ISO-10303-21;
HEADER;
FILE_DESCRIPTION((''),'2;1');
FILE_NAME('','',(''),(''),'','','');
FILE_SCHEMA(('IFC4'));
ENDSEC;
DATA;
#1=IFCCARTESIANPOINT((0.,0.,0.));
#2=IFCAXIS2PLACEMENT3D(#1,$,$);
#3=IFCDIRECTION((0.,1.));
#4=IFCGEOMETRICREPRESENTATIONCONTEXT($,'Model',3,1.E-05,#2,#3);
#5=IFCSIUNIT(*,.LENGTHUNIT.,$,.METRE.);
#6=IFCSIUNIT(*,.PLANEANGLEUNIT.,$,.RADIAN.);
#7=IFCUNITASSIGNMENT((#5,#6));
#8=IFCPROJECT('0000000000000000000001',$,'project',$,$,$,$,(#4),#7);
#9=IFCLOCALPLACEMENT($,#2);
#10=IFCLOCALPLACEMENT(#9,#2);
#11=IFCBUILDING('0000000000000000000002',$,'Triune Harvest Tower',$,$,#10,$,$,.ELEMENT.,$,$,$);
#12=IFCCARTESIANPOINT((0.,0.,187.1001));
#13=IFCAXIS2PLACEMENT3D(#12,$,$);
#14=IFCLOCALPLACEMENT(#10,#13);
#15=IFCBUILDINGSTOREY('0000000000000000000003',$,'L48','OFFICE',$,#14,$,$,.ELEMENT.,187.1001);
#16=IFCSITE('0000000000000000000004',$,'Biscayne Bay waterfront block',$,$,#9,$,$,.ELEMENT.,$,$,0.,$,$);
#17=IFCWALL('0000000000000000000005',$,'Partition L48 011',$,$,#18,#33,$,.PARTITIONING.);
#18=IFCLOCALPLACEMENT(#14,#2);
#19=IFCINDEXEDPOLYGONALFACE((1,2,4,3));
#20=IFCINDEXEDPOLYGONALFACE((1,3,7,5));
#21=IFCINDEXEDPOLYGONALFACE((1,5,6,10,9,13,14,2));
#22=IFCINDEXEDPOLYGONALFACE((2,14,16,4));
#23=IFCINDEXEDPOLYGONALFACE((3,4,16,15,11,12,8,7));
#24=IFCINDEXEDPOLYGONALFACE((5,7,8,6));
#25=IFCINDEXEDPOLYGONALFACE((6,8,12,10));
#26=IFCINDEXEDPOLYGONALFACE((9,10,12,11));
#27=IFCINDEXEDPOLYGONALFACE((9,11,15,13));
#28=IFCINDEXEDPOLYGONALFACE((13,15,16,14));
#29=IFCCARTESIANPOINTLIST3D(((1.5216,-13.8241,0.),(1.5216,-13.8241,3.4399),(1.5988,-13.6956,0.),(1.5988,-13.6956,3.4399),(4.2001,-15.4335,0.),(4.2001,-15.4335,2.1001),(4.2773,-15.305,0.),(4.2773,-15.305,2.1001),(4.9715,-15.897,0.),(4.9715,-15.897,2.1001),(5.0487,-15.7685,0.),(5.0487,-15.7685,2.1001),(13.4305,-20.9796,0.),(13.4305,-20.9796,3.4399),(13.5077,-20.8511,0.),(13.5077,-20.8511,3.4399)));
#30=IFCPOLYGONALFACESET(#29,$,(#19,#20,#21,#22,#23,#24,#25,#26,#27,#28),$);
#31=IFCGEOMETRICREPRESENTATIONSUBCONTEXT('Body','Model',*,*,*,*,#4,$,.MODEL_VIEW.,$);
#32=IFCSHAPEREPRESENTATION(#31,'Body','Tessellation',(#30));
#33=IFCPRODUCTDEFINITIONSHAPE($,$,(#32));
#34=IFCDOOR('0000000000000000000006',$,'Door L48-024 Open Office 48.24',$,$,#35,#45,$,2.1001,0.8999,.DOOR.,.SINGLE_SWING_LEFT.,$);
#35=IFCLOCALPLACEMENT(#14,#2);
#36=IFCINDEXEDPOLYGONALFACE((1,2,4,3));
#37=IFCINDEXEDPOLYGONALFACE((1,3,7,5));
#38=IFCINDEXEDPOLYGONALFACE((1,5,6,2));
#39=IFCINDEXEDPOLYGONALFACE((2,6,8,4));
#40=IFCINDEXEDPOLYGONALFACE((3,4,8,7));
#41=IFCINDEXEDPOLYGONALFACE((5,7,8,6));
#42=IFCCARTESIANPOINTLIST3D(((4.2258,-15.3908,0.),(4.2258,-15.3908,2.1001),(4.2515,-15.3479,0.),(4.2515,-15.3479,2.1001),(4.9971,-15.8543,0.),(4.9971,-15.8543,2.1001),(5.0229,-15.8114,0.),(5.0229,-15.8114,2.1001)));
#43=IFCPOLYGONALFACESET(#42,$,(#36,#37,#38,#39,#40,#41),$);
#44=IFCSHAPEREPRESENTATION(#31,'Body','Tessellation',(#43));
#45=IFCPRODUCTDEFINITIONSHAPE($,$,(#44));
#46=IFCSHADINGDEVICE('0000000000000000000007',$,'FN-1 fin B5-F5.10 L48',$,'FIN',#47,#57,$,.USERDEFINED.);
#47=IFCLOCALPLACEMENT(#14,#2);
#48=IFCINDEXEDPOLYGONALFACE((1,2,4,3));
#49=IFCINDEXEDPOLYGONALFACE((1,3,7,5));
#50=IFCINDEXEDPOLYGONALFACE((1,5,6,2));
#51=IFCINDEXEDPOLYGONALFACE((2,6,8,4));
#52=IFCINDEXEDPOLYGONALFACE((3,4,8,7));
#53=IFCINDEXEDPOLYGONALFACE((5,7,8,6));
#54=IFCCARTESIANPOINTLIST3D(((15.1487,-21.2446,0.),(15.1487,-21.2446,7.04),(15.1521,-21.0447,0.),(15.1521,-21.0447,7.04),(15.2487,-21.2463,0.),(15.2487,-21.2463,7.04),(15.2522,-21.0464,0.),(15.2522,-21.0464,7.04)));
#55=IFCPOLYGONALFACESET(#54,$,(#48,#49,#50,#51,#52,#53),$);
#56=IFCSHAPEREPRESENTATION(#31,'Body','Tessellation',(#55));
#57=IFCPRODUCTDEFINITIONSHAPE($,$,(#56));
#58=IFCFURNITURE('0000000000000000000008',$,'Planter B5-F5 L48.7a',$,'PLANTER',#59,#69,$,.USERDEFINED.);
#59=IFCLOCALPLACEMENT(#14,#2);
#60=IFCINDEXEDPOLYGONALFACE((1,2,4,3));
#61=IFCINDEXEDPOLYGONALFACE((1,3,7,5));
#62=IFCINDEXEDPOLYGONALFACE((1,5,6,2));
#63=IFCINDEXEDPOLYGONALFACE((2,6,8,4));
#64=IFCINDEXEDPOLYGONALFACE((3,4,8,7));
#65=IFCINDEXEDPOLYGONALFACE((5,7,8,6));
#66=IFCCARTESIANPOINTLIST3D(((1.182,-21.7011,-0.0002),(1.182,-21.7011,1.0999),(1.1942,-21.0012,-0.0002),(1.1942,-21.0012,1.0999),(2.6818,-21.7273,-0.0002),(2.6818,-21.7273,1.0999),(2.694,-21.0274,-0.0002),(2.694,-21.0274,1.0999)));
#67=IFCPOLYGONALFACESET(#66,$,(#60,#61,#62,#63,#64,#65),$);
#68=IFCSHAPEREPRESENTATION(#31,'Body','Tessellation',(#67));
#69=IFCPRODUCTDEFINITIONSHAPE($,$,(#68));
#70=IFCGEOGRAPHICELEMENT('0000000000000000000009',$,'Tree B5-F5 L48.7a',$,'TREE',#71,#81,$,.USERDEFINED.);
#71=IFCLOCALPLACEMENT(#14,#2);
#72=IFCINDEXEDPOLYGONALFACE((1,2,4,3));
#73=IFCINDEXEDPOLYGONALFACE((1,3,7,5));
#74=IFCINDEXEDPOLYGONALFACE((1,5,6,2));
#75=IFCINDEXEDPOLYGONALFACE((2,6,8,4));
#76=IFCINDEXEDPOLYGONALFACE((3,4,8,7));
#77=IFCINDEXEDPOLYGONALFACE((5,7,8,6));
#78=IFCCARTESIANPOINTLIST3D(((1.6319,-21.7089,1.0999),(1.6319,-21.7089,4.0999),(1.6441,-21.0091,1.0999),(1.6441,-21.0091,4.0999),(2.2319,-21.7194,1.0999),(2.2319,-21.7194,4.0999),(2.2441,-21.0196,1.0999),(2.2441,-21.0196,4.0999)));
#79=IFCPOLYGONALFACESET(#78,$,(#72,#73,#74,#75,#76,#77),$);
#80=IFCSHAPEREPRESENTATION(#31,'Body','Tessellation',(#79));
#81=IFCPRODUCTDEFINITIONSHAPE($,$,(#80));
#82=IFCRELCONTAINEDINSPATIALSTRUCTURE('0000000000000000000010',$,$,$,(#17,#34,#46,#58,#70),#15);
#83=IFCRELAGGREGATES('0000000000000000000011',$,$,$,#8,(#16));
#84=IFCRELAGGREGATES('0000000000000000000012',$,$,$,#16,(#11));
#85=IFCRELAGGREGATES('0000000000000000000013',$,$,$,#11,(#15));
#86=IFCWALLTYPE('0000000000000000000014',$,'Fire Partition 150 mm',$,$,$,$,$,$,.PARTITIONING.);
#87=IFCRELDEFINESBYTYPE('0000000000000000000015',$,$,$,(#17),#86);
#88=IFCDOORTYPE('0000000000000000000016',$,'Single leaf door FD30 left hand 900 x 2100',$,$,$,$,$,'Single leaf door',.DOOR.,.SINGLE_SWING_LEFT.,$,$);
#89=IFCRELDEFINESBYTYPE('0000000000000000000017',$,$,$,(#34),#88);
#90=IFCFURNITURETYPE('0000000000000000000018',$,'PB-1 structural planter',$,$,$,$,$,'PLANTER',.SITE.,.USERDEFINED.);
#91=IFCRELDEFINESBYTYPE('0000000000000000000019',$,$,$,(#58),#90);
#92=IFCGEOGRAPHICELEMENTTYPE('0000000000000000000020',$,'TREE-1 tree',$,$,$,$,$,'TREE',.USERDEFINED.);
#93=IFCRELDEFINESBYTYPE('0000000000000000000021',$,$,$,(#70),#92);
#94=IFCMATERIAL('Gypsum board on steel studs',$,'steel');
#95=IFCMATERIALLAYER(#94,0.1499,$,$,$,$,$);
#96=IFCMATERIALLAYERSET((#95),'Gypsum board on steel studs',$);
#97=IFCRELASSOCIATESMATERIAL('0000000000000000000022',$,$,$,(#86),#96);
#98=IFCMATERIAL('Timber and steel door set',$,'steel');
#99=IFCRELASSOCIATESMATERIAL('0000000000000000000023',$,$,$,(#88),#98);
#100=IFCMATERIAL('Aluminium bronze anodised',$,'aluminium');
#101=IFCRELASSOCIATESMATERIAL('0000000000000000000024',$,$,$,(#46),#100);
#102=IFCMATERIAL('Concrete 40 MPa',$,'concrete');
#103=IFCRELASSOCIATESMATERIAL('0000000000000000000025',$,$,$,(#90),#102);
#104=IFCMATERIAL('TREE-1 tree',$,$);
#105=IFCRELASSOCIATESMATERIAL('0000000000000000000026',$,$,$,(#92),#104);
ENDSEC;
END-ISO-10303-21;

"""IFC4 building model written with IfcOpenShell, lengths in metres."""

from ifc_helpers import new_model, si_unit, direction, frame, frame_2d, origin, origin_2d, place, context, subcontext, project, spatial, rectangle, extrude, source, transform, mapped, material, layer, layer_set, type_object, element, fill, save


model = new_model("IFC4")

# Units and contexts
model_context = context("Model", 3, precision=1e-05, world=origin(), true_north=direction((0.0, 1.0)))
body_context = subcontext(model_context, "Body", "Model", "MODEL_VIEW")
ifc_project = project(units=[si_unit("LENGTHUNIT", "METRE"), si_unit("PLANEANGLEUNIT", "RADIAN")], contexts=[model_context])

# Site, building, storey
site_placement = place(None, origin())
site = spatial("IfcSite", under=ifc_project, at=site_placement, Name="Biscayne Bay waterfront block", CompositionType="ELEMENT", RefElevation=0.0)
building_placement = place(site_placement, origin())
building = spatial("IfcBuilding", under=site, at=building_placement, Name="Triune Harvest Tower", CompositionType="ELEMENT")
storey_placement = place(building_placement, frame((0.0, 0.0, 187.1001)))
storey = spatial("IfcBuildingStorey", under=building, at=storey_placement, Name="L48", Description="OFFICE", CompositionType="ELEMENT", Elevation=187.1001)

# Shared definitions
ifc_material_1 = material(Name="Aluminium bronze anodised", Category="aluminium")

# Shared definitions
ifc_material_2 = material(Name="Gypsum board on steel studs", Category="steel")
ifc_layer_1 = layer(ifc_material_2, 0.1499)
ifc_layer_set_1 = layer_set([ifc_layer_1], Name="Gypsum board on steel studs")
wall_type_1 = type_object("IfcWallType", Name="Fire Partition 150 mm", PredefinedType="PARTITIONING", material=ifc_layer_set_1)

# Wall, opening, door
shared_shape_1 = source(origin(), body_context, "Body", "SweptSolid", [
    extrude(rectangle(XDim=13.8933, YDim=0.1499, at=frame_2d((6.9468, 0.0))), origin(), (0.0, 0.0, 1.0), 3.4399),
])
wall_1_placement = place(storey_placement, frame((1.5601, -13.7598, 0.0), z_axis=(0.0, 0.0, 1.0), x_axis=(0.85717, -0.515033, 0.0)))
wall_1 = element("IfcWall", 1, at=wall_1_placement, inside=storey, type_object=wall_type_1, Name="Partition L48 011", PredefinedType="PARTITIONING", context=body_context, shape_type="MappedRepresentation", body=[
    mapped(shared_shape_1, transform((0.0, 0.0, 0.0), scale=1.0)),
])
opening_1_placement = place(wall_1_placement, frame((3.125, 0.0, 0.0)))
opening_1 = element("IfcOpeningElement", 2, at=opening_1_placement, cuts=wall_1, PredefinedType="OPENING", context=body_context, shape_type="SweptSolid", body=[
    extrude(rectangle(XDim=0.8999, YDim=2.1001, at=frame_2d((0.45, 1.05))), frame((0.0, 0.085, 0.0), z_axis=(0.0, -1.0, 0.0), x_axis=(1.0, 0.0, 0.0)), (0.0, 0.0, 1.0), 0.1699),
])
ifc_material_3 = material(Name="Timber and steel door set", Category="steel")
door_type_1 = type_object("IfcDoorType", Name="Single leaf door FD30 left hand 900 x 2100", ElementType="Single leaf door", OperationType="SINGLE_SWING_LEFT", PredefinedType="DOOR", material=ifc_material_3)
door_1_placement = place(opening_1_placement, origin())
door_1 = element("IfcDoor", 3, at=door_1_placement, inside=storey, type_object=door_type_1, Name="Door L48-024 Open Office 48.24", OperationType="SINGLE_SWING_LEFT", OverallHeight=2.1001, OverallWidth=0.8999, PredefinedType="DOOR", context=body_context, shape_type="SweptSolid", body=[
    extrude(rectangle(XDim=0.8999, YDim=2.1001, at=frame_2d((0.45, 1.05))), frame((0.0, 0.0249, 0.0), z_axis=(0.0, -1.0, 0.0), x_axis=(1.0, 0.0, 0.0)), (0.0, 0.0, 1.0), 0.05),
])
fill(opening_1, door_1)

# Shading device
shared_shape_2 = source(origin(), body_context, "Body", "SweptSolid", [
    extrude(rectangle(XDim=0.1001, YDim=0.2, at=origin_2d()), origin(), (0.0, 0.0, 1.0), 7.04),
])
shading_device_placement = place(storey_placement, frame((15.2004, -21.1455, 0.0), z_axis=(0.0, 0.0, 1.0), x_axis=(0.999848, -0.017452, 0.0)))
element("IfcShadingDevice", 4, at=shading_device_placement, inside=storey, material=ifc_material_1, Name="FN-1 fin B5-F5.10 L48", ObjectType="FIN", PredefinedType="USERDEFINED", context=body_context, shape_type="MappedRepresentation", body=[
    mapped(shared_shape_2, transform((0.0, 0.0, 0.0), scale=1.0)),
])

# Furniture
ifc_material_4 = material(Name="Concrete 40 MPa", Category="concrete")
furniture_type = type_object("IfcFurnitureType", Name="PB-1 structural planter", ElementType="PLANTER", AssemblyPlace="SITE", PredefinedType="USERDEFINED", material=ifc_material_4)
shared_shape_3 = source(origin(), body_context, "Body", "SweptSolid", [
    extrude(rectangle(XDim=1.5, YDim=0.7, at=origin_2d()), origin(), (0.0, 0.0, 1.0), 1.1001),
])
furniture_placement = place(storey_placement, frame((1.938, -21.3643, -0.0002), z_axis=(0.0, 0.0, 1.0), x_axis=(0.999848, -0.017452, 0.0)))
element("IfcFurniture", 5, at=furniture_placement, inside=storey, type_object=furniture_type, Name="Planter B5-F5 L48.7a", ObjectType="PLANTER", PredefinedType="USERDEFINED", context=body_context, shape_type="MappedRepresentation", body=[
    mapped(shared_shape_3, transform((0.0, 0.0, 0.0), scale=1.0)),
])

# Geographic element
ifc_material_5 = material(Name="TREE-1 tree")
geographic_element_type = type_object("IfcGeographicElementType", Name="TREE-1 tree", ElementType="TREE", PredefinedType="USERDEFINED", material=ifc_material_5)
shared_shape_4 = source(origin(), body_context, "Body", "SweptSolid", [
    extrude(rectangle(XDim=0.6001, YDim=0.7, at=origin_2d()), origin(), (0.0, 0.0, 1.0), 3.0),
])
geographic_element_placement = place(storey_placement, frame((1.938, -21.3643, 1.0999), z_axis=(0.0, 0.0, 1.0), x_axis=(0.999848, -0.017452, 0.0)))
element("IfcGeographicElement", 6, at=geographic_element_placement, inside=storey, type_object=geographic_element_type, Name="Tree B5-F5 L48.7a", ObjectType="TREE", PredefinedType="USERDEFINED", context=body_context, shape_type="MappedRepresentation", body=[
    mapped(shared_shape_4, transform((0.0, 0.0, 0.0), scale=1.0)),
])

save(model, "model.ifc")
